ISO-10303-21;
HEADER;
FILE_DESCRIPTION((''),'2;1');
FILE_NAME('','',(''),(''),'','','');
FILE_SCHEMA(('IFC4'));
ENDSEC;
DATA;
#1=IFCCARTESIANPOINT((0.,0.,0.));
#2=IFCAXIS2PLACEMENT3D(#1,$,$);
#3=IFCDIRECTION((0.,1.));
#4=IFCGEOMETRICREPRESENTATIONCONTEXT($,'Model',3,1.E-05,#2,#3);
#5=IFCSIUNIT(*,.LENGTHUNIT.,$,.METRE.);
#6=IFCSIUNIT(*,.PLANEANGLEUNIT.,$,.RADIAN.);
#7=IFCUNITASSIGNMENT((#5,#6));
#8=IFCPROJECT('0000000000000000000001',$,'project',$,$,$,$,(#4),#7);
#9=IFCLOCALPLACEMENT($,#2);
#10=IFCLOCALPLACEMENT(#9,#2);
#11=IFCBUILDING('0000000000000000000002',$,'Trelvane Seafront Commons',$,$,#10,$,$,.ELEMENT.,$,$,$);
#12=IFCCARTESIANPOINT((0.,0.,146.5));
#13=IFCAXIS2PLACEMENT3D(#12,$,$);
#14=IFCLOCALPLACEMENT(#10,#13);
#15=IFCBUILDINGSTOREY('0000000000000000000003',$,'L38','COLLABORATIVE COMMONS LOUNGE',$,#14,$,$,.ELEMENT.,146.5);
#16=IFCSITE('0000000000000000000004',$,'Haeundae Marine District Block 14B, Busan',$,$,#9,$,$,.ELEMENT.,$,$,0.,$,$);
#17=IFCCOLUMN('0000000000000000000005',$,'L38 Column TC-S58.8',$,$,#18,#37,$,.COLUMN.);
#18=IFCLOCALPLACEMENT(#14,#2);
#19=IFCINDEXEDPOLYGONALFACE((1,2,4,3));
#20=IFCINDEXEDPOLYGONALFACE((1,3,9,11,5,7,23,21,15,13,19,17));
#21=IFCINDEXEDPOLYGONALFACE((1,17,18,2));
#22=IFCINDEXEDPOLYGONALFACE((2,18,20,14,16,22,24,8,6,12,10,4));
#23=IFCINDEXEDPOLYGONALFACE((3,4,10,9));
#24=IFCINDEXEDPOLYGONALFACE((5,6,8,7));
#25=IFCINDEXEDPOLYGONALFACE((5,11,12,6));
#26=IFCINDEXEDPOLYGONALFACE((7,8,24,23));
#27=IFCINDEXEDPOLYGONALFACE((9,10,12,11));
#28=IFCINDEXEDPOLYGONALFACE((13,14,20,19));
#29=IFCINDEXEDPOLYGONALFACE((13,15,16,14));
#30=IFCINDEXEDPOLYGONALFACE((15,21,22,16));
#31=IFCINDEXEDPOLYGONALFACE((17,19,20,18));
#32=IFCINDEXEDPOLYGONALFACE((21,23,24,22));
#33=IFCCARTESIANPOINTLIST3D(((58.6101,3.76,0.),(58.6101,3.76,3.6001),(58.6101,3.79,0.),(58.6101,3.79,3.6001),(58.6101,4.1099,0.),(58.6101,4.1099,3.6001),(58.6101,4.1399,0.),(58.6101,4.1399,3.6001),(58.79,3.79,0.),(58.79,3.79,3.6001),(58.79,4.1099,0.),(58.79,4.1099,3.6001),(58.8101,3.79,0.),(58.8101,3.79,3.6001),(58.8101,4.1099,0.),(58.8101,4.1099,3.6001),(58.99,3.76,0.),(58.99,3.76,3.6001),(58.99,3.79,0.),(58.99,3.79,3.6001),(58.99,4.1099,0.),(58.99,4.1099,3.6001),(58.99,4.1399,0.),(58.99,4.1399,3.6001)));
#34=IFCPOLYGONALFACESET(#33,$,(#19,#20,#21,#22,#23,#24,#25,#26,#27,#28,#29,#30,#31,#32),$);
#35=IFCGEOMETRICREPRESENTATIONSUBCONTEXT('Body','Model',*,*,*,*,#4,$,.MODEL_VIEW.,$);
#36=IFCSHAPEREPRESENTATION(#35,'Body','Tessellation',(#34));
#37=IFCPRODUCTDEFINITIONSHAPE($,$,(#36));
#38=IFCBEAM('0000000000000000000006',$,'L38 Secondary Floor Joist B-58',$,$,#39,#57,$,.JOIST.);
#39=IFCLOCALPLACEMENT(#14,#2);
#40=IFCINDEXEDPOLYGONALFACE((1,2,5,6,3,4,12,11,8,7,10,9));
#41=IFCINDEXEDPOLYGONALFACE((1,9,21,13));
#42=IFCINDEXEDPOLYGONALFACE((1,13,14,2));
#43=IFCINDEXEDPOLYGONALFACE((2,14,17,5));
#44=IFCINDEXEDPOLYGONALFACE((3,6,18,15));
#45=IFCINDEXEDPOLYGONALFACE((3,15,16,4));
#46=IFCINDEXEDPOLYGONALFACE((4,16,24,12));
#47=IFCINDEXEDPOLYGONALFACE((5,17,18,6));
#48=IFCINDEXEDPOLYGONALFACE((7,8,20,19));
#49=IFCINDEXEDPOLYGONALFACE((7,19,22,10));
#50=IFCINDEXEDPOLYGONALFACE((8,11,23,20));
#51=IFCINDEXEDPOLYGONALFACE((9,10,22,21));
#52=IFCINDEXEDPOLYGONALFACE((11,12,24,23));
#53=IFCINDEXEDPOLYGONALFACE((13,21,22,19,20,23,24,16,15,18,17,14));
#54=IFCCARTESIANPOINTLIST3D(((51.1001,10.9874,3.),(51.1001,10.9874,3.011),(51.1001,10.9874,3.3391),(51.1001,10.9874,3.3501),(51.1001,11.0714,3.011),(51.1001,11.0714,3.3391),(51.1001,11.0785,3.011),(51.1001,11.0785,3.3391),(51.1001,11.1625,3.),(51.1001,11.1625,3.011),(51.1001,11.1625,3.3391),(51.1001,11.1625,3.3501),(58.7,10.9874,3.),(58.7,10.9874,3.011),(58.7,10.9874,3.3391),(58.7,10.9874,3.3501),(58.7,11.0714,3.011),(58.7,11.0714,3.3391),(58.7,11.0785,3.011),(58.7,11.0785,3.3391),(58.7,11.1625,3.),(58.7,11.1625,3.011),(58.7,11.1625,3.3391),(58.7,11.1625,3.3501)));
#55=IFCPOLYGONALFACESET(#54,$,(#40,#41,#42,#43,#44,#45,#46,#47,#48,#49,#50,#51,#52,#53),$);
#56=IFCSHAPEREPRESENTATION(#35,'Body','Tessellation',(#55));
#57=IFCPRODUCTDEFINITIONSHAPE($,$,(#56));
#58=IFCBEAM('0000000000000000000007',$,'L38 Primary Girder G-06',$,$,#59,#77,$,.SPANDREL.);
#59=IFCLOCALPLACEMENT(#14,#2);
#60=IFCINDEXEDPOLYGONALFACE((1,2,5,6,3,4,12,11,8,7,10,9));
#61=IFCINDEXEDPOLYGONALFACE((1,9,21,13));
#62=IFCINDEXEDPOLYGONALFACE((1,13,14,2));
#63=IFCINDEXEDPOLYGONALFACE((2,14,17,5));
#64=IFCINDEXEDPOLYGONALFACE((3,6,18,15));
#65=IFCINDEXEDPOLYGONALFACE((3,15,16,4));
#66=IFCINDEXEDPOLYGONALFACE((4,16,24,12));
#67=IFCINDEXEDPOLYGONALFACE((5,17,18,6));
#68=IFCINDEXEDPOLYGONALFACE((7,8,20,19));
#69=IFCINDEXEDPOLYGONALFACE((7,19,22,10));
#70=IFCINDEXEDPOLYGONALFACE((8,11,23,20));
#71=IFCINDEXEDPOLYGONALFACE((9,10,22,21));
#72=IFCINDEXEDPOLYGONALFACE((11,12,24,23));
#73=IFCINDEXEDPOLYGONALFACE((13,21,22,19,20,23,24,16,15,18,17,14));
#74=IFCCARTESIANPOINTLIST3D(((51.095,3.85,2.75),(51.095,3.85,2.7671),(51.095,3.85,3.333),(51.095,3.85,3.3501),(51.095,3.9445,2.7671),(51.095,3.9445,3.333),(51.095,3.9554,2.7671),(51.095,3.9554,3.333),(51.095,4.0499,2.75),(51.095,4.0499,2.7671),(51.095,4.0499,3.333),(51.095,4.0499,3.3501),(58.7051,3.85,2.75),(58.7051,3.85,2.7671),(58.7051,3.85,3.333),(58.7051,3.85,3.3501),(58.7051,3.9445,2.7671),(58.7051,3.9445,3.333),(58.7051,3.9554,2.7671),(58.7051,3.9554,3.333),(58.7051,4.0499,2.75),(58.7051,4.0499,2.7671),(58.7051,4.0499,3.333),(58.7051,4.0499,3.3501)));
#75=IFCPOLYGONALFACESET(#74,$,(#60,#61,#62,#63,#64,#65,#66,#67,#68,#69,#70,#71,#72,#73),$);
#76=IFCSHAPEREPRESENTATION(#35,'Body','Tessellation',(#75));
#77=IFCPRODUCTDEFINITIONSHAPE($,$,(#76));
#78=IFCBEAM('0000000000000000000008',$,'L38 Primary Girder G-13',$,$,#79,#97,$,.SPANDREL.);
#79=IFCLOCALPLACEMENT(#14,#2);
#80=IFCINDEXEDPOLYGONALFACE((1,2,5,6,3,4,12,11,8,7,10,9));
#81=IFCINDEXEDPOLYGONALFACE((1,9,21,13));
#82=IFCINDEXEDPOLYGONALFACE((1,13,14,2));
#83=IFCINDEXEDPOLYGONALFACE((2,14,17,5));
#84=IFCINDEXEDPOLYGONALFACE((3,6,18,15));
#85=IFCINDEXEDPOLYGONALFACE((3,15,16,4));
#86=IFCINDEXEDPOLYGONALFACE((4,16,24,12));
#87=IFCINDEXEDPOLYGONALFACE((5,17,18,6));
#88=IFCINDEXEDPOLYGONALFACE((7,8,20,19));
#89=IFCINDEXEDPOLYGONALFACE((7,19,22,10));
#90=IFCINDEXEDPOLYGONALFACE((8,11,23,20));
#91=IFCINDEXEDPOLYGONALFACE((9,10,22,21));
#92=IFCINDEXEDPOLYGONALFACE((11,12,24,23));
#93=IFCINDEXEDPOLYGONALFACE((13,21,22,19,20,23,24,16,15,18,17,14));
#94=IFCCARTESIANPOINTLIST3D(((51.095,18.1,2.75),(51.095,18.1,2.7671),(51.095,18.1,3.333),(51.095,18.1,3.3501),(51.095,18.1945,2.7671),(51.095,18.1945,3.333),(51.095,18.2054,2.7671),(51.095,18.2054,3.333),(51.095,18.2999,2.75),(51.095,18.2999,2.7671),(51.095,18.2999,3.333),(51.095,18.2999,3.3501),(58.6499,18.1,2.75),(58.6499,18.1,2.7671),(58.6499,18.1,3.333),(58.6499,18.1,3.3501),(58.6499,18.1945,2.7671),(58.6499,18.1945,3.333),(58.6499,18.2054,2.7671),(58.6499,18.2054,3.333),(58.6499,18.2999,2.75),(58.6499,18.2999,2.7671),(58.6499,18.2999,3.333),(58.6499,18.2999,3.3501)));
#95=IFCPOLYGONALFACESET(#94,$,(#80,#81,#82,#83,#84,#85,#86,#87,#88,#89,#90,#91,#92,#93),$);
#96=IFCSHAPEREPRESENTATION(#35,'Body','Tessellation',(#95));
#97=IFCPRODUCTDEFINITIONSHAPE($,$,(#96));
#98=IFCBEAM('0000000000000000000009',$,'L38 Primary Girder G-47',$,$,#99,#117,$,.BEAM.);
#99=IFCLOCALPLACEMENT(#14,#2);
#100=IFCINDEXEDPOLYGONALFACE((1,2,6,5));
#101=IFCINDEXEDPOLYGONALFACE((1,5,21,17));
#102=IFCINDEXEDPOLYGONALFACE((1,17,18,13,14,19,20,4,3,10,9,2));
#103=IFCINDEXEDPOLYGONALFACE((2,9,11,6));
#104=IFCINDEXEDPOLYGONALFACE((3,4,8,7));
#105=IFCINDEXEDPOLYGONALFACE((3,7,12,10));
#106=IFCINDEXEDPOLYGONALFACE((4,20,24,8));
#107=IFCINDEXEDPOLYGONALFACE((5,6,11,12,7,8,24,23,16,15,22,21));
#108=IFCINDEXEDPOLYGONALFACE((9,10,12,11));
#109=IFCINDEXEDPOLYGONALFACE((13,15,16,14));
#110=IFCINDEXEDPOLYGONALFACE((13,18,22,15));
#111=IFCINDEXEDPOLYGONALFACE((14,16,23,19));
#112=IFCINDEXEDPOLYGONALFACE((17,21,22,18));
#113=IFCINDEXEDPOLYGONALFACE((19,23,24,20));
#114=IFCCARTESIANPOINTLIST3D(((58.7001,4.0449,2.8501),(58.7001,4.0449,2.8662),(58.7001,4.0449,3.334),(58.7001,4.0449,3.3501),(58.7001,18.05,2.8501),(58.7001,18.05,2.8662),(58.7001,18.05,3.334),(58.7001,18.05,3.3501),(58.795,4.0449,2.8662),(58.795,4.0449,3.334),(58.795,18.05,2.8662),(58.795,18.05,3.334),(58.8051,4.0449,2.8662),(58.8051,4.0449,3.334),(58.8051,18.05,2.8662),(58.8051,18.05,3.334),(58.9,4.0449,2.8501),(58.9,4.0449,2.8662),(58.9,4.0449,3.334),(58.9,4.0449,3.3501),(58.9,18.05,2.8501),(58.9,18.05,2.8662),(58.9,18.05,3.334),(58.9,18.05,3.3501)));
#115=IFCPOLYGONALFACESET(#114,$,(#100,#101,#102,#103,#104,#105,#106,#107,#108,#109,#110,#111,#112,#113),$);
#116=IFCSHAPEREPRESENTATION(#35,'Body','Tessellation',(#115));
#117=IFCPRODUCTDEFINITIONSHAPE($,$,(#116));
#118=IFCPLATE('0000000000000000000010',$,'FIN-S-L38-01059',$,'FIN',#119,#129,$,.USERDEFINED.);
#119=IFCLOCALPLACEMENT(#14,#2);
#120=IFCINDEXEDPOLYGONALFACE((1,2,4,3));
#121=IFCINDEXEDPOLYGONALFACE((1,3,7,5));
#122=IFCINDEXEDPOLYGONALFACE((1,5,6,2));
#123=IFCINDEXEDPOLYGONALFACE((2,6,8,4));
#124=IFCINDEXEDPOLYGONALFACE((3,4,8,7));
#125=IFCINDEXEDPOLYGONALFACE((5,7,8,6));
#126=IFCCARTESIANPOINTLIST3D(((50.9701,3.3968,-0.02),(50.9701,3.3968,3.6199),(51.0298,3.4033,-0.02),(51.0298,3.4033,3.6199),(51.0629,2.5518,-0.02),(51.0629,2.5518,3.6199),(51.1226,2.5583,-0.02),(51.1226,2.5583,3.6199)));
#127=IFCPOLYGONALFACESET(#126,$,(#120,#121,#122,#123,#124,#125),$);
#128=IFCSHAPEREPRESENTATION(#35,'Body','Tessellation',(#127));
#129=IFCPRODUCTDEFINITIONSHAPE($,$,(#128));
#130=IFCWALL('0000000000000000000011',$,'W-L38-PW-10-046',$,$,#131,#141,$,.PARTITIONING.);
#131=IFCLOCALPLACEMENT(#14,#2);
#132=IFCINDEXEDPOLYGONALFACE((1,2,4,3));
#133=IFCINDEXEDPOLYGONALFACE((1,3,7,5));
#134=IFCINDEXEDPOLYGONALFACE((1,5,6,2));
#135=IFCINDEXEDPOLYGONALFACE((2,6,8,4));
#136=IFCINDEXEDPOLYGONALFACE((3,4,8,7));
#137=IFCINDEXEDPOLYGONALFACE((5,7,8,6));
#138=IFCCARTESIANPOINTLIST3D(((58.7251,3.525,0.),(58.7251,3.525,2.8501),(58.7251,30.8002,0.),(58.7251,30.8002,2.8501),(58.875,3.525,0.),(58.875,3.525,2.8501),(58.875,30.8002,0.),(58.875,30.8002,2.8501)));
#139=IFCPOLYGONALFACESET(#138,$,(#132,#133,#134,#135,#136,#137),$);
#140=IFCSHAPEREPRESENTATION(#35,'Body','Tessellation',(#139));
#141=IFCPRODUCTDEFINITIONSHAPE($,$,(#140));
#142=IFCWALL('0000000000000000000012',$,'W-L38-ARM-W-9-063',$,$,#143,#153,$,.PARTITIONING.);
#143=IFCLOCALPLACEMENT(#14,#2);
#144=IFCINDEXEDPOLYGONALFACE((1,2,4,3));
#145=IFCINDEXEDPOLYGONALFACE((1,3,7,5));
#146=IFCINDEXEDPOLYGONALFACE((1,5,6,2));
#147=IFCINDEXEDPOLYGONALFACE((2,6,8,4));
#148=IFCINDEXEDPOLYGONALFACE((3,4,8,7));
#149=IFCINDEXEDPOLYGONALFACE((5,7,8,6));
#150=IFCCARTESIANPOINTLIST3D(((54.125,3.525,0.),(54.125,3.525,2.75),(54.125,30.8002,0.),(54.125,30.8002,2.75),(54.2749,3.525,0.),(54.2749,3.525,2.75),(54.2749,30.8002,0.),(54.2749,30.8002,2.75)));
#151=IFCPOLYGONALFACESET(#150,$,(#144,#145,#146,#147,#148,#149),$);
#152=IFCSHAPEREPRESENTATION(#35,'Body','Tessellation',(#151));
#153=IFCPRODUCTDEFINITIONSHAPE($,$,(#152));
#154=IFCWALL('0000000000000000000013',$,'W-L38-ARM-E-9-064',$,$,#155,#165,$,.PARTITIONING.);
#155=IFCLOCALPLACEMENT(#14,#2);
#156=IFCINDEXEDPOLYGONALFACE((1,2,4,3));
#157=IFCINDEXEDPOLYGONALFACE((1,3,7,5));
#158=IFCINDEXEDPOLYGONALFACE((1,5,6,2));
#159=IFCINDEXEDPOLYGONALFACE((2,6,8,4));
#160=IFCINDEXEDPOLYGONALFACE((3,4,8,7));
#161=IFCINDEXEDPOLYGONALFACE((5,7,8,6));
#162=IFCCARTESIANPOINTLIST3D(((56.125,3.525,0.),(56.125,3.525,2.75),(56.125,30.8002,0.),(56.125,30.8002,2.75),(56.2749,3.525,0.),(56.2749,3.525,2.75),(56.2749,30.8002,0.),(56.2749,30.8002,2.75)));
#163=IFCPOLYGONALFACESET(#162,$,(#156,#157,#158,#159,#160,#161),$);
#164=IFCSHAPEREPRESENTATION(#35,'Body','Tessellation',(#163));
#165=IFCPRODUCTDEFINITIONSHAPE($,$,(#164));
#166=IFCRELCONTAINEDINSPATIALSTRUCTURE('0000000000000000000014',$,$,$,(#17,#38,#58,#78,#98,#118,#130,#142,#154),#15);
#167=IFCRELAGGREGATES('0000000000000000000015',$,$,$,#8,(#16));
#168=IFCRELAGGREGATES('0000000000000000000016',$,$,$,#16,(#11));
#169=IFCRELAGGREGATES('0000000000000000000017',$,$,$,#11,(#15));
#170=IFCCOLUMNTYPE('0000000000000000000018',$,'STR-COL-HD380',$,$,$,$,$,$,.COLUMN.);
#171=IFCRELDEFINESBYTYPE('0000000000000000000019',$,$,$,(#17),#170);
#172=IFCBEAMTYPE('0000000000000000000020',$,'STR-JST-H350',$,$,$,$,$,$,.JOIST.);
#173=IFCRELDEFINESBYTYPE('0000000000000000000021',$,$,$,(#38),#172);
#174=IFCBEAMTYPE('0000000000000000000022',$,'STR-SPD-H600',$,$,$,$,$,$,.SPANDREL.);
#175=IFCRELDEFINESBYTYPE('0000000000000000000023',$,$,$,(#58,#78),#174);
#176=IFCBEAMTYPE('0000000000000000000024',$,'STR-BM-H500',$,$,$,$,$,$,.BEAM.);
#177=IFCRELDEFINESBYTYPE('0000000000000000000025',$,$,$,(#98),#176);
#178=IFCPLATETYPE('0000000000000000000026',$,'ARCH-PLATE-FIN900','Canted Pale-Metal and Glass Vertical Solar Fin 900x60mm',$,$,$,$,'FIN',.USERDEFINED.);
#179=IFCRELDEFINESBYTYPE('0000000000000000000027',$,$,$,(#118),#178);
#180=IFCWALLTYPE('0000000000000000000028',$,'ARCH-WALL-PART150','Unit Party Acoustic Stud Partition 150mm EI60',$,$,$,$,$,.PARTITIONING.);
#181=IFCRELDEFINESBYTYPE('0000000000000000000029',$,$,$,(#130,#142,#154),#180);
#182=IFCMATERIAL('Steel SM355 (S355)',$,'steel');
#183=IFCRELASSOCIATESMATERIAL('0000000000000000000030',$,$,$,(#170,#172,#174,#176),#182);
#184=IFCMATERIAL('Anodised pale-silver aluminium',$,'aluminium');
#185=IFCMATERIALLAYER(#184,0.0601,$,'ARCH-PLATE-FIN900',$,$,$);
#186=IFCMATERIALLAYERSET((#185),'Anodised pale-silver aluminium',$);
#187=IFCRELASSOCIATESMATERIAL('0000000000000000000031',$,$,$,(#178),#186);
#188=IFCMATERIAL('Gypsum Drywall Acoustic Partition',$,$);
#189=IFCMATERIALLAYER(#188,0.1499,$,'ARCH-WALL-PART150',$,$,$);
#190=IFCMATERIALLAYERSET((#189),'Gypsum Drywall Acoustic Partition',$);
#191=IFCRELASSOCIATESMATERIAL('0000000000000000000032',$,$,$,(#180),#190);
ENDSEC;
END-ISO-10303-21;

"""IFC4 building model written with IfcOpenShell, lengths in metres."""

from ifc_helpers import new_model, si_unit, direction, frame, frame_2d, origin, origin_2d, place, context, subcontext, project, spatial, rectangle, i_section, extrude, source, transform, mapped, material, layer, layer_set, material_profile, profile_set, type_object, element, save


model = new_model("IFC4")

# Units and contexts
model_context = context("Model", 3, precision=1e-05, world=origin(), true_north=direction((0.0, 1.0)))
body_context = subcontext(model_context, "Body", "Model", "MODEL_VIEW")
ifc_project = project(units=[si_unit("LENGTHUNIT", "METRE"), si_unit("PLANEANGLEUNIT", "RADIAN")], contexts=[model_context])

# Site, building, storey
site_placement = place(None, origin())
site = spatial("IfcSite", under=ifc_project, at=site_placement, Name="Haeundae Marine District Block 14B, Busan", CompositionType="ELEMENT", RefElevation=0.0)
building_placement = place(site_placement, origin())
building = spatial("IfcBuilding", under=site, at=building_placement, Name="Trelvane Seafront Commons", CompositionType="ELEMENT")
storey_placement = place(building_placement, frame((0.0, 0.0, 146.5)))
storey = spatial("IfcBuildingStorey", under=building, at=storey_placement, Name="L38", Description="COLLABORATIVE COMMONS LOUNGE", CompositionType="ELEMENT", Elevation=146.5)

# Column
ifc_material_1 = material(Name="Steel SM355 (S355)", Category="steel")
ifc_material_profile_1 = material_profile(ifc_material_1, i_section(OverallWidth=0.3799, OverallDepth=0.3799, WebThickness=0.02, FlangeThickness=0.03, at=origin_2d()), Name="HD-380x380x20x30")
ifc_profile_set_1 = profile_set([ifc_material_profile_1], Name="Steel SM355 (S355)")
column_type = type_object("IfcColumnType", Name="STR-COL-HD380", PredefinedType="COLUMN", material=ifc_profile_set_1)
shared_shape_1 = source(origin(), body_context, "Body", "SweptSolid", [
    extrude(i_section(OverallWidth=0.3799, OverallDepth=0.3799, WebThickness=0.02, FlangeThickness=0.03, at=origin_2d()), origin(), (0.0, 0.0, 1.0), 3.6001),
])
column_placement = place(storey_placement, frame((58.8, 3.95, 0.0), z_axis=(0.0, 0.0, 1.0), x_axis=(1.0, 0.0, 0.0)))
element("IfcColumn", 1, at=column_placement, inside=storey, type_object=column_type, Name="L38 Column TC-S58.8", PredefinedType="COLUMN", context=body_context, shape_type="MappedRepresentation", body=[
    mapped(shared_shape_1, transform((0.0, 0.0, 0.0), x_axis=(1.0, 0.0, 0.0), y_axis=(0.0, 1.0, 0.0), z_axis=(0.0, 0.0, 1.0), scale=1.0)),
])

# Beams
ifc_material_profile_2 = material_profile(ifc_material_1, i_section(OverallWidth=0.175, OverallDepth=0.3501, WebThickness=0.0071, FlangeThickness=0.011, at=origin_2d()), Name="H-350x175x7x11")
ifc_profile_set_2 = profile_set([ifc_material_profile_2], Name="Steel SM355 (S355)")
beam_type_1 = type_object("IfcBeamType", Name="STR-JST-H350", PredefinedType="JOIST", material=ifc_profile_set_2)
shared_shape_2 = source(origin(), body_context, "Body", "SweptSolid", [
    extrude(i_section(OverallWidth=0.175, OverallDepth=0.3501, WebThickness=0.0071, FlangeThickness=0.011, at=origin_2d()), origin(), (0.0, 0.0, 1.0), 7.5999),
])
beam_1_placement = place(storey_placement, frame((51.1001, 11.075, 3.175), z_axis=(1.0, 0.0, 0.0), x_axis=(0.0, 1.0, 0.0)))
element("IfcBeam", 2, at=beam_1_placement, inside=storey, type_object=beam_type_1, Name="L38 Secondary Floor Joist B-58", PredefinedType="JOIST", context=body_context, shape_type="MappedRepresentation", body=[
    mapped(shared_shape_2, transform((0.0, 0.0, 0.0), x_axis=(1.0, 0.0, 0.0), y_axis=(0.0, 1.0, 0.0), z_axis=(0.0, 0.0, 1.0), scale=1.0)),
])
ifc_material_profile_3 = material_profile(ifc_material_1, i_section(OverallWidth=0.2, OverallDepth=0.6001, WebThickness=0.011, FlangeThickness=0.0171, at=origin_2d()), Name="H-600x200x11x17")
ifc_profile_set_3 = profile_set([ifc_material_profile_3], Name="Steel SM355 (S355)")
beam_type_2 = type_object("IfcBeamType", Name="STR-SPD-H600", PredefinedType="SPANDREL", material=ifc_profile_set_3)
shared_shape_3 = source(origin(), body_context, "Body", "SweptSolid", [
    extrude(i_section(OverallWidth=0.2, OverallDepth=0.6001, WebThickness=0.011, FlangeThickness=0.0171, at=origin_2d()), origin(), (0.0, 0.0, 1.0), 7.6101),
])
beam_2_placement = place(storey_placement, frame((51.095, 3.95, 3.05), z_axis=(1.0, 0.0, 0.0), x_axis=(0.0, 1.0, 0.0)))
element("IfcBeam", 3, at=beam_2_placement, inside=storey, type_object=beam_type_2, Name="L38 Primary Girder G-06", PredefinedType="SPANDREL", context=body_context, shape_type="MappedRepresentation", body=[
    mapped(shared_shape_3, transform((0.0, 0.0, 0.0), x_axis=(1.0, 0.0, 0.0), y_axis=(0.0, 1.0, 0.0), z_axis=(0.0, 0.0, 1.0), scale=1.0)),
])
shared_shape_4 = source(origin(), body_context, "Body", "SweptSolid", [
    extrude(i_section(OverallWidth=0.2, OverallDepth=0.6001, WebThickness=0.011, FlangeThickness=0.0171, at=origin_2d()), origin(), (0.0, 0.0, 1.0), 7.5549),
])
beam_3_placement = place(storey_placement, frame((51.095, 18.2, 3.05), z_axis=(1.0, 0.0, 0.0), x_axis=(0.0, 1.0, 0.0)))
element("IfcBeam", 4, at=beam_3_placement, inside=storey, type_object=beam_type_2, Name="L38 Primary Girder G-13", PredefinedType="SPANDREL", context=body_context, shape_type="MappedRepresentation", body=[
    mapped(shared_shape_4, transform((0.0, 0.0, 0.0), x_axis=(1.0, 0.0, 0.0), y_axis=(0.0, 1.0, 0.0), z_axis=(0.0, 0.0, 1.0), scale=1.0)),
])
ifc_material_profile_4 = material_profile(ifc_material_1, i_section(OverallWidth=0.2, OverallDepth=0.5, WebThickness=0.01, FlangeThickness=0.0161, at=origin_2d()), Name="H-500x200x10x16")
ifc_profile_set_4 = profile_set([ifc_material_profile_4], Name="Steel SM355 (S355)")
beam_type_3 = type_object("IfcBeamType", Name="STR-BM-H500", PredefinedType="BEAM", material=ifc_profile_set_4)
shared_shape_5 = source(origin(), body_context, "Body", "SweptSolid", [
    extrude(i_section(OverallWidth=0.2, OverallDepth=0.5, WebThickness=0.01, FlangeThickness=0.0161, at=origin_2d()), origin(), (0.0, 0.0, 1.0), 14.0051),
])
beam_4_placement = place(storey_placement, frame((58.8, 4.0449, 3.1001), z_axis=(0.0, 1.0, 0.0), x_axis=(-1.0, 0.0, 0.0)))
element("IfcBeam", 5, at=beam_4_placement, inside=storey, type_object=beam_type_3, Name="L38 Primary Girder G-47", PredefinedType="BEAM", context=body_context, shape_type="MappedRepresentation", body=[
    mapped(shared_shape_5, transform((0.0, 0.0, 0.0), x_axis=(1.0, 0.0, 0.0), y_axis=(0.0, 1.0, 0.0), z_axis=(0.0, 0.0, 1.0), scale=1.0)),
])

# Plate
ifc_material_2 = material(Name="Anodised pale-silver aluminium", Category="aluminium")
ifc_layer_1 = layer(ifc_material_2, 0.0601, Name="ARCH-PLATE-FIN900")
ifc_layer_set_1 = layer_set([ifc_layer_1], Name="Anodised pale-silver aluminium")
plate_type = type_object("IfcPlateType", Name="ARCH-PLATE-FIN900", Description="Canted Pale-Metal and Glass Vertical Solar Fin 900x60mm", ElementType="FIN", PredefinedType="USERDEFINED", material=ifc_layer_set_1)
shared_shape_6 = source(origin(), body_context, "Body", "SweptSolid", [
    extrude(rectangle(XDim=0.8501, YDim=0.0601, at=origin_2d()), origin(), (0.0, 0.0, 1.0), 3.6399),
])
plate_placement = place(storey_placement, frame((51.0464, 2.9775, -0.02), z_axis=(0.0, 0.0, 1.0), x_axis=(0.109179, -0.994022, 0.0)))
element("IfcPlate", 6, at=plate_placement, inside=storey, type_object=plate_type, Name="FIN-S-L38-01059", ObjectType="FIN", PredefinedType="USERDEFINED", context=body_context, shape_type="MappedRepresentation", body=[
    mapped(shared_shape_6, transform((0.0, 0.0, 0.0), x_axis=(1.0, 0.0, 0.0), y_axis=(0.0, 1.0, 0.0), z_axis=(0.0, 0.0, 1.0), scale=1.0)),
])

# Shared definitions
ifc_material_3 = material(Name="Gypsum Drywall Acoustic Partition")

# Walls
ifc_layer_2 = layer(ifc_material_3, 0.1499, Name="ARCH-WALL-PART150")
ifc_layer_set_2 = layer_set([ifc_layer_2], Name="Gypsum Drywall Acoustic Partition")
wall_type_1 = type_object("IfcWallType", Name="ARCH-WALL-PART150", Description="Unit Party Acoustic Stud Partition 150mm EI60", PredefinedType="PARTITIONING", material=ifc_layer_set_2)
wall_1_placement = place(storey_placement, frame((58.8, 3.5249, 0.0), z_axis=(0.0, 0.0, 1.0), x_axis=(0.0, 1.0, 0.0)))
element("IfcWall", 7, at=wall_1_placement, inside=storey, type_object=wall_type_1, Name="W-L38-PW-10-046", PredefinedType="PARTITIONING", context=body_context, shape_type="SweptSolid", body=[
    extrude(rectangle(XDim=27.2751, YDim=0.1499, at=frame_2d((13.6377, 0.0))), origin(), (0.0, 0.0, 1.0), 2.8501),
])
for number, where, z_axis, x_axis, name in (
    (8, (54.2, 3.5249, 0.0), (0.0, 0.0, 1.0), (0.0, 1.0, 0.0), "W-L38-ARM-W-9-063"),
    (9, (56.2, 3.5249, 0.0), (0.0, 0.0, 1.0), (0.0, 1.0, 0.0), "W-L38-ARM-E-9-064"),
):
    element("IfcWall", number, at=place(storey_placement, frame(where, z_axis=z_axis, x_axis=x_axis)), inside=storey, type_object=wall_type_1, Name=name, PredefinedType="PARTITIONING", context=body_context, shape_type="SweptSolid", body=[
        extrude(rectangle(XDim=27.2751, YDim=0.1499, at=frame_2d((13.6377, 0.0))), origin(), (0.0, 0.0, 1.0), 2.75),
    ])

save(model, "model.ifc")
